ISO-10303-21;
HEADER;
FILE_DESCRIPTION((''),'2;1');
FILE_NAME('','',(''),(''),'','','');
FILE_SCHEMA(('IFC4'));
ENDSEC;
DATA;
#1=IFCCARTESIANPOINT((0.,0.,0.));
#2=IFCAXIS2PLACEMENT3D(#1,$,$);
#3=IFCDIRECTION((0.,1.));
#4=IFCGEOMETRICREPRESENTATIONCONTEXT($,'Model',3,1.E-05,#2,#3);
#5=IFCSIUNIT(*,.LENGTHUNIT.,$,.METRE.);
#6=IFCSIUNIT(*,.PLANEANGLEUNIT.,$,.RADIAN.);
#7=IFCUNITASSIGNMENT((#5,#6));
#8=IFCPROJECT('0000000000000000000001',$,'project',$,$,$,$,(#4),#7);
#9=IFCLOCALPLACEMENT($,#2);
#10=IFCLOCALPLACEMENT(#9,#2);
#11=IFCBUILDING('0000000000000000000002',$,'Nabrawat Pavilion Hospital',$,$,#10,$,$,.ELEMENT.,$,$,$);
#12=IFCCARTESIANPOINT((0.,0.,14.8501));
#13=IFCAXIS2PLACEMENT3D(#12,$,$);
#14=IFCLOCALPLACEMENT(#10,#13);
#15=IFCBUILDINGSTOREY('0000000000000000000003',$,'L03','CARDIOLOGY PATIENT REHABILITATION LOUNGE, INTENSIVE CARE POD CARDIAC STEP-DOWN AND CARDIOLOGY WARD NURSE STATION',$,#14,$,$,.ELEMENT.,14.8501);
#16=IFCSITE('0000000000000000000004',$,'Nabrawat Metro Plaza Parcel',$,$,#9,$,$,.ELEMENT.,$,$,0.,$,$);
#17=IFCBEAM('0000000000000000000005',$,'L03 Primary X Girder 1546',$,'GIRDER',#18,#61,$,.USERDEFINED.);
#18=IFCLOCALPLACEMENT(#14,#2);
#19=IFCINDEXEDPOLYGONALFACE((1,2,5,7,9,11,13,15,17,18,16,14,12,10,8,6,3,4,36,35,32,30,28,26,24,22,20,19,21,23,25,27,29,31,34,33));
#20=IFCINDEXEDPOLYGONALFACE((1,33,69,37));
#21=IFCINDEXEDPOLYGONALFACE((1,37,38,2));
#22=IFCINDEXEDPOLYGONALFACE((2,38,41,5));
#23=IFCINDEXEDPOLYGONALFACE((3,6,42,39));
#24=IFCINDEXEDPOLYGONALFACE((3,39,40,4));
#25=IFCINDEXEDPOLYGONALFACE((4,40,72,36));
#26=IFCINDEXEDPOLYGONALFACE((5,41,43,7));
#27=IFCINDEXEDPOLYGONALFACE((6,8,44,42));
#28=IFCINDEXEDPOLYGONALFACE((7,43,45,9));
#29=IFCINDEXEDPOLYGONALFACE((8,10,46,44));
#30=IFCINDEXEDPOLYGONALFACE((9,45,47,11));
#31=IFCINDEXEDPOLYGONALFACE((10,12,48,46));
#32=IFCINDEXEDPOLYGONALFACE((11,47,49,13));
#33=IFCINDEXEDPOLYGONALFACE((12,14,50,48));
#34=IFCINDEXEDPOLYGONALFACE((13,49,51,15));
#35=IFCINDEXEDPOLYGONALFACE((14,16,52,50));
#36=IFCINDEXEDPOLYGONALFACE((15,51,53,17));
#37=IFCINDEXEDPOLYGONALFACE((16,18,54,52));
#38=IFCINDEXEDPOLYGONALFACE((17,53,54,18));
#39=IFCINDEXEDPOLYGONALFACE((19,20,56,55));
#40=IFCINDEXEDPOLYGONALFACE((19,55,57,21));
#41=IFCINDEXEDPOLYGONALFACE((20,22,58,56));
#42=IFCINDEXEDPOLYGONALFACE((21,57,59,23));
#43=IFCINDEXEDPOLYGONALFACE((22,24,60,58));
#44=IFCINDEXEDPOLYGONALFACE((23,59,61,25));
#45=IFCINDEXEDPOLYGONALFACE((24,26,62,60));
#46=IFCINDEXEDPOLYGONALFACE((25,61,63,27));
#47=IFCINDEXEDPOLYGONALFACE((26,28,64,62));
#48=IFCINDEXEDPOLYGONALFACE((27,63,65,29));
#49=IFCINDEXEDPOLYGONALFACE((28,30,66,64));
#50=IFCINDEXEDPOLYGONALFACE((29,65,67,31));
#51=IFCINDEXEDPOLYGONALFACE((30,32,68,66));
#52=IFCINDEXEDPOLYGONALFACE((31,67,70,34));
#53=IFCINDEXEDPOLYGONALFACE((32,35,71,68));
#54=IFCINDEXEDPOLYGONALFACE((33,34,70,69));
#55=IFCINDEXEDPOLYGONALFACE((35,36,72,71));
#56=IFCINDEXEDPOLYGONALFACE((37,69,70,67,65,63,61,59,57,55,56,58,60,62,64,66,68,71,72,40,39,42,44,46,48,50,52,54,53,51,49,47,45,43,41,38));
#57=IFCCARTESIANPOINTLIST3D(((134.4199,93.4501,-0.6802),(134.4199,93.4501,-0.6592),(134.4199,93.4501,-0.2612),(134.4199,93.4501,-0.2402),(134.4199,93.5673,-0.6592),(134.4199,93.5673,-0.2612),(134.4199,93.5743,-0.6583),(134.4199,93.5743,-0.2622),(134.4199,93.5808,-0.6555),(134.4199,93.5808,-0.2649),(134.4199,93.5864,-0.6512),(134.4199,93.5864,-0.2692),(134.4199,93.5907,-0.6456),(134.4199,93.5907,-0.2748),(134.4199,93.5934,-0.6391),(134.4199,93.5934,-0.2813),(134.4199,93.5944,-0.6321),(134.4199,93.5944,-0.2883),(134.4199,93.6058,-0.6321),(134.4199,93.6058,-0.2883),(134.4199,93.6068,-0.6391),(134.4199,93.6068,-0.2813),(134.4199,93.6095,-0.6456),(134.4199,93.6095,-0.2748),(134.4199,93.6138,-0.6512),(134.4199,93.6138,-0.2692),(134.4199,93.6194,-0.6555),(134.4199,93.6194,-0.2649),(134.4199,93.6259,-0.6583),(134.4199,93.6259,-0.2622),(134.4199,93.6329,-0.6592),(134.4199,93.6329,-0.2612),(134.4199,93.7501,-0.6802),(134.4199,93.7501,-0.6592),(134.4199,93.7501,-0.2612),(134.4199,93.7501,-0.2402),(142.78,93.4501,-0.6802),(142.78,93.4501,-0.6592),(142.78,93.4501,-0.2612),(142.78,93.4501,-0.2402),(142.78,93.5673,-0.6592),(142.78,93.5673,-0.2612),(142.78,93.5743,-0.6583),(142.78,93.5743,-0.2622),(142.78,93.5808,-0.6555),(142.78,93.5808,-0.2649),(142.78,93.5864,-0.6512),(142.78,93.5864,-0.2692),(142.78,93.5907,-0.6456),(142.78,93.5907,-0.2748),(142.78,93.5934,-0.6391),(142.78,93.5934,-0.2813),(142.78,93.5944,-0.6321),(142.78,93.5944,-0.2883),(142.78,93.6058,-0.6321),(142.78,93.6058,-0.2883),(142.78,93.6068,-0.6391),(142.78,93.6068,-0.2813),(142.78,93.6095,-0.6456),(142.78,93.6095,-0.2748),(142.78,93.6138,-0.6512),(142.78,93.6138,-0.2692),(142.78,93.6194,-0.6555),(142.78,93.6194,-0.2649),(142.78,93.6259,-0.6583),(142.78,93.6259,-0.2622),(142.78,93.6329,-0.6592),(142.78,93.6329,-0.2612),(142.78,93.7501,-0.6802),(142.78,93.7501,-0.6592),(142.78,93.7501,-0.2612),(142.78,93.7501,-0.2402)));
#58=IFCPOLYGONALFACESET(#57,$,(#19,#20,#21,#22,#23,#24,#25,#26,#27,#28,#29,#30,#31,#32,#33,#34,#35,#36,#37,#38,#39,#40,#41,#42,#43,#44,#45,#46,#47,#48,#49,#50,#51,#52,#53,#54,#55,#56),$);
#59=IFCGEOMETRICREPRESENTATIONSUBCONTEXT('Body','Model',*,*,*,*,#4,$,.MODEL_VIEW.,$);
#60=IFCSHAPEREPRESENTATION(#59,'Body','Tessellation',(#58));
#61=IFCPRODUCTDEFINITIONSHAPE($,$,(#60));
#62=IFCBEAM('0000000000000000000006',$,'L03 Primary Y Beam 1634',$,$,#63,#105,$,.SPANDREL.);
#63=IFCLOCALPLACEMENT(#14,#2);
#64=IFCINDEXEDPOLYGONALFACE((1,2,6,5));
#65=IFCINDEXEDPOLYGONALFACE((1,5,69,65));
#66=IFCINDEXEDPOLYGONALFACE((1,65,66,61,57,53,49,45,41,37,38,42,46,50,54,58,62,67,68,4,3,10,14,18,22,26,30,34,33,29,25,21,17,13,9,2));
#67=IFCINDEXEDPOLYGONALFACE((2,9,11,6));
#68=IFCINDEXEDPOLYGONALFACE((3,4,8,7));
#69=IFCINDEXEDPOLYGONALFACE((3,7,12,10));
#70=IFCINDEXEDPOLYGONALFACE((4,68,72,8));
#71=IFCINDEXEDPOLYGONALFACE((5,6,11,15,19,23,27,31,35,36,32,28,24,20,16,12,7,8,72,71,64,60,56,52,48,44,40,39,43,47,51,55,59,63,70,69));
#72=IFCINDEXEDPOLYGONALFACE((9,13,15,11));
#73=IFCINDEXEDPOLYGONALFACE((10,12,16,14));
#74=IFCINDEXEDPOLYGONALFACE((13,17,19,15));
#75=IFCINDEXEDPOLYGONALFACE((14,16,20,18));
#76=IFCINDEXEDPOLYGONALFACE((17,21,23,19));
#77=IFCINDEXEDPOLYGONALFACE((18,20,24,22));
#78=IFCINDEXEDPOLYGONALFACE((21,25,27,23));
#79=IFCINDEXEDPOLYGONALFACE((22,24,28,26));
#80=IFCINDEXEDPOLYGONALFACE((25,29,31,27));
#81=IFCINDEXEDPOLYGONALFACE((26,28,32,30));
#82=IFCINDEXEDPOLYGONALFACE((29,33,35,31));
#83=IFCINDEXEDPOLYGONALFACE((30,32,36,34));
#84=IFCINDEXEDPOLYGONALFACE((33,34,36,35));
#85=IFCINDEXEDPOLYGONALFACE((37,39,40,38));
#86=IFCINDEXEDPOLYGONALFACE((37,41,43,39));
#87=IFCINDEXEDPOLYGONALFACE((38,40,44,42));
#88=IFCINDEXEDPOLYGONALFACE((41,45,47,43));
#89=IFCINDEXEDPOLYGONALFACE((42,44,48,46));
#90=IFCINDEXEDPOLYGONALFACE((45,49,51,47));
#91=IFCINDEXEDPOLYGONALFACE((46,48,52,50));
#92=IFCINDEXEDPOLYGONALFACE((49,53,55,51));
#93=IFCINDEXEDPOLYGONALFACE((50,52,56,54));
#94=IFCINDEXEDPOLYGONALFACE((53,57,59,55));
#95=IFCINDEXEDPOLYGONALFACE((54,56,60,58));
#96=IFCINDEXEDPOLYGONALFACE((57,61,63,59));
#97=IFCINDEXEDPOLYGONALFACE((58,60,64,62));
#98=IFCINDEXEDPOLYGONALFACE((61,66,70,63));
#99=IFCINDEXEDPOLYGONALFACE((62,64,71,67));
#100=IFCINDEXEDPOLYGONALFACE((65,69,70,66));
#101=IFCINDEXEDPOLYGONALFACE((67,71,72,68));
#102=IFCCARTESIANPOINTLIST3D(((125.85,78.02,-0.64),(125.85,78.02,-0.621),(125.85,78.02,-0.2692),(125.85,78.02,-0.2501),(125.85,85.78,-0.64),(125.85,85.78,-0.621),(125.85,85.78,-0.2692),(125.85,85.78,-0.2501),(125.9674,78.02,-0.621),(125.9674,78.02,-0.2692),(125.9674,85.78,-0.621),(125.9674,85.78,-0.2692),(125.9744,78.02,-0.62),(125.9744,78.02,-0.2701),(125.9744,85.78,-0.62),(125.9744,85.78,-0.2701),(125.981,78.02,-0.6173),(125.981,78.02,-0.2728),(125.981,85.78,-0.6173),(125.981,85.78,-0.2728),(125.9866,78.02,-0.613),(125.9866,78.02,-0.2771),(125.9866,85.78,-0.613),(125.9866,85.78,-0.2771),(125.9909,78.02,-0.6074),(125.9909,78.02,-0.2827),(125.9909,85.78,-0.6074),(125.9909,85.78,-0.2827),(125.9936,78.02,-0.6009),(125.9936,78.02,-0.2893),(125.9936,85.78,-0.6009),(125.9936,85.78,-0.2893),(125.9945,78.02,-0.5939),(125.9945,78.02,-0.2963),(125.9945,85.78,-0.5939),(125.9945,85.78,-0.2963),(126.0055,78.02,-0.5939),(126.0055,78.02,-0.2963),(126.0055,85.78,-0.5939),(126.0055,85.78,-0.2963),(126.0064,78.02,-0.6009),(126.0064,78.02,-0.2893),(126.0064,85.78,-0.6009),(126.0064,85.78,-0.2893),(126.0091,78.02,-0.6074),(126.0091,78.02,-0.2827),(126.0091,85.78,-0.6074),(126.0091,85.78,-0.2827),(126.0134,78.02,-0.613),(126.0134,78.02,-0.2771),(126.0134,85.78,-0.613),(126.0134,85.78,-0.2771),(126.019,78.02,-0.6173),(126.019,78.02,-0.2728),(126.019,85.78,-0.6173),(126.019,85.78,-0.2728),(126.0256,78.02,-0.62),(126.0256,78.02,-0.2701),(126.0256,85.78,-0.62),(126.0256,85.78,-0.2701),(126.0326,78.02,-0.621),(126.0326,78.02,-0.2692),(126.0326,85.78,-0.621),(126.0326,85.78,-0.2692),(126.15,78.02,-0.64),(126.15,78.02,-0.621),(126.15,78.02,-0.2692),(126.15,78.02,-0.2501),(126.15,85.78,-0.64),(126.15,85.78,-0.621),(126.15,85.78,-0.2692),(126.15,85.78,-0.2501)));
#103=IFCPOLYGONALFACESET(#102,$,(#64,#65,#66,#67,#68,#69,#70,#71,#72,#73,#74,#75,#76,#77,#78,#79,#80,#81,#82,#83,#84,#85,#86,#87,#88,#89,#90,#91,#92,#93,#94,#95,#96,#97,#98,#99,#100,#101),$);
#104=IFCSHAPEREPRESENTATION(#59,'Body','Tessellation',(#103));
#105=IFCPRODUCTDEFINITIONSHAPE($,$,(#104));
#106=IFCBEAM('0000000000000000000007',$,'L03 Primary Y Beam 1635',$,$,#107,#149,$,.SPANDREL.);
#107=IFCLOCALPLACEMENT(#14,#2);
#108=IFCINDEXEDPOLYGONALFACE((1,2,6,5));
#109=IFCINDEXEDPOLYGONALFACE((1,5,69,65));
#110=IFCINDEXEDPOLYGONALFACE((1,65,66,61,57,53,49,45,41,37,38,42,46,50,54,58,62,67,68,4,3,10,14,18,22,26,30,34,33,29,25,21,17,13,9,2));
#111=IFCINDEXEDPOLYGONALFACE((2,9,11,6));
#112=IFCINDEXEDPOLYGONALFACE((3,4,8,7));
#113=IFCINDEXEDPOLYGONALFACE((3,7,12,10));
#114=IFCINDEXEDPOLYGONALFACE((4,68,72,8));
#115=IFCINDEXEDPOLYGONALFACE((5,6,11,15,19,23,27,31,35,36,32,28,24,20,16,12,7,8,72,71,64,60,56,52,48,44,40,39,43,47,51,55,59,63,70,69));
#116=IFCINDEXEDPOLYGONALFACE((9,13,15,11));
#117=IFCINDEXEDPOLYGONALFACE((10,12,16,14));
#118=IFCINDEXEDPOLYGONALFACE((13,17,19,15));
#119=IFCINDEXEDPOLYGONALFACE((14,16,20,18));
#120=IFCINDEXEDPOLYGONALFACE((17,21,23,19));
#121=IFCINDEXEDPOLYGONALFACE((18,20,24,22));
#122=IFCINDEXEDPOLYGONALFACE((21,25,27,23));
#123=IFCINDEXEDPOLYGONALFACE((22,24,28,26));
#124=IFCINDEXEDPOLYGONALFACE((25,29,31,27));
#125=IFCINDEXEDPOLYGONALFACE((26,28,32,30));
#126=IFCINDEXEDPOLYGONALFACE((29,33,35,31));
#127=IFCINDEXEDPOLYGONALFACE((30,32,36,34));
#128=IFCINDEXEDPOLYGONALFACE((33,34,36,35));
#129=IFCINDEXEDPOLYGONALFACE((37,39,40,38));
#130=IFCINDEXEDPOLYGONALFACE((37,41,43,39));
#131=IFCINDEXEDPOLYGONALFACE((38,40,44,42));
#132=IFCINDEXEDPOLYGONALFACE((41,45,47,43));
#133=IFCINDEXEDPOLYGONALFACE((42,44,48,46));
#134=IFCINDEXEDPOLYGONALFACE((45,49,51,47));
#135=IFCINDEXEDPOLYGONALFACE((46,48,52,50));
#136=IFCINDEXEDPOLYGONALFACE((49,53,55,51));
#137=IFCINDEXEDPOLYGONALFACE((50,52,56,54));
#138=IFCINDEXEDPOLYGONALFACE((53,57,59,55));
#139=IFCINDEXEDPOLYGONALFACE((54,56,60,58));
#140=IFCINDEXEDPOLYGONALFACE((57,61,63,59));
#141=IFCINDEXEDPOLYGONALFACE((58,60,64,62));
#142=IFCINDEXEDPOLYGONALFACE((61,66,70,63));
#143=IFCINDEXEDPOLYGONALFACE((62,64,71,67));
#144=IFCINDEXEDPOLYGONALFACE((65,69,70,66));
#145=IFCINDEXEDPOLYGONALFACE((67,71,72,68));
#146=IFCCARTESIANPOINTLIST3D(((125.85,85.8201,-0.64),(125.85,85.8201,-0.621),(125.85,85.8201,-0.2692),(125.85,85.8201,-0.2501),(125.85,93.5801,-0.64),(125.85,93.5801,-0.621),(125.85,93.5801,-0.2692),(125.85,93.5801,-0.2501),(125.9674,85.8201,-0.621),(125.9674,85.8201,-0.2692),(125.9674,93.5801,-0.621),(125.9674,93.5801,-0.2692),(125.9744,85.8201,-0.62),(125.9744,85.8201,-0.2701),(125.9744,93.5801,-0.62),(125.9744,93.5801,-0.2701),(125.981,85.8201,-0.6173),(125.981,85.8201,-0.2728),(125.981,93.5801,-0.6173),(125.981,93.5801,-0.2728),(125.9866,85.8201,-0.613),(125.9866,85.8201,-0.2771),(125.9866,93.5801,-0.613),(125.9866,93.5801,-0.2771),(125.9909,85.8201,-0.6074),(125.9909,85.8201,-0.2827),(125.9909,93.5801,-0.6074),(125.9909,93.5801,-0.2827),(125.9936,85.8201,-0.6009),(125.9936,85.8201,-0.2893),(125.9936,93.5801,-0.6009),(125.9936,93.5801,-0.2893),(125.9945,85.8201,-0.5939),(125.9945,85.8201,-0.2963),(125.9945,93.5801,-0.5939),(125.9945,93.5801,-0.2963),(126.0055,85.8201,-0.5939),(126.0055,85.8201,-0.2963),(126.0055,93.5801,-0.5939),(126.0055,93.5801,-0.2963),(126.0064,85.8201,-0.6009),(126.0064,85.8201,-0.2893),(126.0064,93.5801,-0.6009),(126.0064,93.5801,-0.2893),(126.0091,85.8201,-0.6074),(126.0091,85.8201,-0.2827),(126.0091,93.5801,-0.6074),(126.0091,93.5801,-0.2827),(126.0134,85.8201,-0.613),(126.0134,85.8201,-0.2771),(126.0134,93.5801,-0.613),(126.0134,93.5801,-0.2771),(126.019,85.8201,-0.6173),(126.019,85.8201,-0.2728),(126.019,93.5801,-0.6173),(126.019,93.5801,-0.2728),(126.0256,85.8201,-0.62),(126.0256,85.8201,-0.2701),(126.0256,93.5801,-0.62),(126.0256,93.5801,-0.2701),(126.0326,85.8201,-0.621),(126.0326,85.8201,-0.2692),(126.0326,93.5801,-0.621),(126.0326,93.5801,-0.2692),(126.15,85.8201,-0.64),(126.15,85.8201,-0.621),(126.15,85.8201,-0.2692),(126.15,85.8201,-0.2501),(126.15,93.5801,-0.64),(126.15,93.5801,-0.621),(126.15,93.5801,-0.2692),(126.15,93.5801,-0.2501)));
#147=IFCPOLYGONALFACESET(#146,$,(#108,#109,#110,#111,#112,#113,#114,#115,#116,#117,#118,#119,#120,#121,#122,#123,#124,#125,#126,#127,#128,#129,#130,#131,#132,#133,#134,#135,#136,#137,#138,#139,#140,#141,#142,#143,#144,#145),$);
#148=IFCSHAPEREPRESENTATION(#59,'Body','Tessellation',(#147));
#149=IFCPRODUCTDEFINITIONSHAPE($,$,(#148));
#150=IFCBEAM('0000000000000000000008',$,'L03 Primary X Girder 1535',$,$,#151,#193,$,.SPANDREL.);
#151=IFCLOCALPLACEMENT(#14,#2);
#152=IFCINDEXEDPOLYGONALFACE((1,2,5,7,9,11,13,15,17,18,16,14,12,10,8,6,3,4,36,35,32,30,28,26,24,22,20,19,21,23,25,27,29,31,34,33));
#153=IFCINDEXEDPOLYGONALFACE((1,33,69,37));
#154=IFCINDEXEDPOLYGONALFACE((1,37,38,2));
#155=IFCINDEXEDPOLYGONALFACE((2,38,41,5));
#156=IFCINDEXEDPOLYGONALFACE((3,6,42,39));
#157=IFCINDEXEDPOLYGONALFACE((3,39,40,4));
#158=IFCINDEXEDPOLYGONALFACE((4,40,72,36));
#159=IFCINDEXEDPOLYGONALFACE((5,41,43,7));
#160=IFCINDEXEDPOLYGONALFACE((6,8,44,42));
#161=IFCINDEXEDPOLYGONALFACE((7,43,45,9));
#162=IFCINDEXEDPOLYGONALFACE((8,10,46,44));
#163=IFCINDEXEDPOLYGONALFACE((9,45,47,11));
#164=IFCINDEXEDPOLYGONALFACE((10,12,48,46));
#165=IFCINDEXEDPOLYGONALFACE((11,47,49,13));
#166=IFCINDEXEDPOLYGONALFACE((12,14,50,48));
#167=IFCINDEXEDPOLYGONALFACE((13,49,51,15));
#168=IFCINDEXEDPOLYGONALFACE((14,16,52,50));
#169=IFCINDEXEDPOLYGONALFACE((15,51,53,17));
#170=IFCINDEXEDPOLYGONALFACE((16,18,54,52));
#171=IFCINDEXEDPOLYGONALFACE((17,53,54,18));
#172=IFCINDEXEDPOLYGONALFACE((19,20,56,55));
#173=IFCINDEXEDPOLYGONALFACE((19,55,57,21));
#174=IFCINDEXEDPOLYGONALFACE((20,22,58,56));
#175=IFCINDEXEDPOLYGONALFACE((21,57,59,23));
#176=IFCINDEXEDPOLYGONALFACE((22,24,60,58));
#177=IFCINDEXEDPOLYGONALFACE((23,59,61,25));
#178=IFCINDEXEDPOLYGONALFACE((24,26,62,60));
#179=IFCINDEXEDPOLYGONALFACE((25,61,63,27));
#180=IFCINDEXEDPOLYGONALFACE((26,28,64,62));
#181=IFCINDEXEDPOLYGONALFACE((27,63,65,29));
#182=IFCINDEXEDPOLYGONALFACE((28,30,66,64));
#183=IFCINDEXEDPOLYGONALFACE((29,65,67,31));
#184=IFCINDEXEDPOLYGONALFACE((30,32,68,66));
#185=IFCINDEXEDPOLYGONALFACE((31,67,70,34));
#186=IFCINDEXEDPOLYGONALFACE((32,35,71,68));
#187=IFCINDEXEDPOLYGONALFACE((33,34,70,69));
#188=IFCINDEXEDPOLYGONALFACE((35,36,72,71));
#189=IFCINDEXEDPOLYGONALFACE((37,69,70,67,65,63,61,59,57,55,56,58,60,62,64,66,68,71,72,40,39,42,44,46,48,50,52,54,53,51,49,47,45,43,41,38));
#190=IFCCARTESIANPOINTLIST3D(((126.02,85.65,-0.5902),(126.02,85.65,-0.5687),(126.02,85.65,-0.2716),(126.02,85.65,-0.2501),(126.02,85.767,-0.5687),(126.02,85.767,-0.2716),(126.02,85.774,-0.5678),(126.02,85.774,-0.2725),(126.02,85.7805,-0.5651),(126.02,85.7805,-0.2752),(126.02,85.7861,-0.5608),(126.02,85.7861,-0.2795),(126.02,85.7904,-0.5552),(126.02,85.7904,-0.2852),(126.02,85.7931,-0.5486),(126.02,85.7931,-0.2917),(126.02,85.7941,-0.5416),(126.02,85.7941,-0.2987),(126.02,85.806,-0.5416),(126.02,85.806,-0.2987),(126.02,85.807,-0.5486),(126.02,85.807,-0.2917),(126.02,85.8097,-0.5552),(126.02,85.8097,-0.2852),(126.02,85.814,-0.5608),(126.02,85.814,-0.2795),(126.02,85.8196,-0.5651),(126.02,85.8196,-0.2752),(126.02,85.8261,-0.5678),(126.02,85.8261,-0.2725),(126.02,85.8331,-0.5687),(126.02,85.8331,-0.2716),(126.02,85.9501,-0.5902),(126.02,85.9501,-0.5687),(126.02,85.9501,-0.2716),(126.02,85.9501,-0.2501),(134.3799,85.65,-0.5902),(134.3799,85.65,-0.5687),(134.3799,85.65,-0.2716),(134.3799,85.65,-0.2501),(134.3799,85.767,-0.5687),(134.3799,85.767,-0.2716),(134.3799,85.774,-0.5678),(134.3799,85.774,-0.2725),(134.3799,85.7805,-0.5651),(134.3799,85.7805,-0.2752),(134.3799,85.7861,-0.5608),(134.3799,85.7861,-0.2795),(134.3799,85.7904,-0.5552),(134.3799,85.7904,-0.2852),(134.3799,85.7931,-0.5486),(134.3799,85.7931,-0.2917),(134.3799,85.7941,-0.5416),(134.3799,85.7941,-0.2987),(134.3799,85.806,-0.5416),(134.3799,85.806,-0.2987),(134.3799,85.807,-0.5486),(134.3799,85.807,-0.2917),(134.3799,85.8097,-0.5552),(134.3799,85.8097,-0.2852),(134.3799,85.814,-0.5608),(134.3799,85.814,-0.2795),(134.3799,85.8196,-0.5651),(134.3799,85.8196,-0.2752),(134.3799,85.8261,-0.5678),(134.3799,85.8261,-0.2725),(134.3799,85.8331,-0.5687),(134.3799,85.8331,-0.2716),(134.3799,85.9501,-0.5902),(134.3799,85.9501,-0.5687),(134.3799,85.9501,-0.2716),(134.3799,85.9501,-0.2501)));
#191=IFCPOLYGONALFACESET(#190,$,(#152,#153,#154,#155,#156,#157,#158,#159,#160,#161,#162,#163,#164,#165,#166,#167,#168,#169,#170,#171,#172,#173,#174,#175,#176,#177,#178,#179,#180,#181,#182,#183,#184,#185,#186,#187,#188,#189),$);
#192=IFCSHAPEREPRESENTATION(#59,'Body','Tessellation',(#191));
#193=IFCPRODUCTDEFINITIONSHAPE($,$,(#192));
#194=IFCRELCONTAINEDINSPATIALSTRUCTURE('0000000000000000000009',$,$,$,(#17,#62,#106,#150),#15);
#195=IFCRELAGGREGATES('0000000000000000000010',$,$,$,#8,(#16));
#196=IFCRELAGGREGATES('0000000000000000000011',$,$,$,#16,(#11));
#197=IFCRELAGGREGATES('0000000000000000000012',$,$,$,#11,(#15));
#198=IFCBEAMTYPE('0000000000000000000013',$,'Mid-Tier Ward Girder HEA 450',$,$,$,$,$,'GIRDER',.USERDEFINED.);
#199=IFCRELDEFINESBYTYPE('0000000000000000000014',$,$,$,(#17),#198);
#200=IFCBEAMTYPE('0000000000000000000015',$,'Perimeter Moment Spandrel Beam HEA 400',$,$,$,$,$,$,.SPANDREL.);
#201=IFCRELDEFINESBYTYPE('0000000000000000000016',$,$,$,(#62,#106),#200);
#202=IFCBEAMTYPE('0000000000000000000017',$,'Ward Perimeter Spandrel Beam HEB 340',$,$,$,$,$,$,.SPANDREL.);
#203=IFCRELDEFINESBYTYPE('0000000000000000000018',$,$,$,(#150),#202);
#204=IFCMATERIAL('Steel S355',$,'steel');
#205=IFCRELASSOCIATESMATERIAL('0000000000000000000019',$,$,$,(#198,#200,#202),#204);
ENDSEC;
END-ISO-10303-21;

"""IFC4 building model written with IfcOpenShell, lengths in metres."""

from ifc_helpers import new_model, si_unit, direction, frame, origin, origin_2d, place, context, subcontext, project, spatial, i_section, extrude, material, material_profile, profile_set, type_object, element, save


model = new_model("IFC4")

# Units and contexts
model_context = context("Model", 3, precision=1e-05, world=origin(), true_north=direction((0.0, 1.0)))
body_context = subcontext(model_context, "Body", "Model", "MODEL_VIEW")
ifc_project = project(units=[si_unit("LENGTHUNIT", "METRE"), si_unit("PLANEANGLEUNIT", "RADIAN")], contexts=[model_context])

# Site, building, storey
site_placement = place(None, origin())
site = spatial("IfcSite", under=ifc_project, at=site_placement, Name="Nabrawat Metro Plaza Parcel", CompositionType="ELEMENT", RefElevation=0.0)
building_placement = place(site_placement, origin())
building = spatial("IfcBuilding", under=site, at=building_placement, Name="Nabrawat Pavilion Hospital", CompositionType="ELEMENT")
storey_placement = place(building_placement, frame((0.0, 0.0, 14.8501)))
storey = spatial("IfcBuildingStorey", under=building, at=storey_placement, Name="L03", Description="CARDIOLOGY PATIENT REHABILITATION LOUNGE, INTENSIVE CARE POD CARDIAC STEP-DOWN AND CARDIOLOGY WARD NURSE STATION", CompositionType="ELEMENT", Elevation=14.8501)

# Shared definitions
ifc_material_1 = material(Name="Steel S355", Category="steel")

# Beams
ifc_material_profile_1 = material_profile(ifc_material_1, i_section(OverallWidth=0.3, OverallDepth=0.4399, WebThickness=0.0115, FlangeThickness=0.021, FilletRadius=0.0271, at=origin_2d()), Name="HEA 450")
ifc_profile_set_1 = profile_set([ifc_material_profile_1], Name="Steel S355")
beam_type_1 = type_object("IfcBeamType", Name="Mid-Tier Ward Girder HEA 450", ElementType="GIRDER", PredefinedType="USERDEFINED", material=ifc_profile_set_1)
beam_1_placement = place(storey_placement, frame((134.4199, 93.6001, -0.4602), z_axis=(1.0, 0.0, 0.0), x_axis=(0.0, 1.0, 0.0)))
element("IfcBeam", 1, at=beam_1_placement, inside=storey, type_object=beam_type_1, Name="L03 Primary X Girder 1546", ObjectType="GIRDER", PredefinedType="USERDEFINED", context=body_context, shape_type="SweptSolid", body=[
    extrude(i_section(OverallWidth=0.3, OverallDepth=0.4399, WebThickness=0.0115, FlangeThickness=0.021, FilletRadius=0.0271, at=origin_2d()), origin(), (0.0, 0.0, 1.0), 8.3601),
])
ifc_material_profile_2 = material_profile(ifc_material_1, i_section(OverallWidth=0.3, OverallDepth=0.3899, WebThickness=0.011, FlangeThickness=0.019, FilletRadius=0.0271, at=origin_2d()), Name="HEA 400")
ifc_profile_set_2 = profile_set([ifc_material_profile_2], Name="Steel S355")
beam_type_2 = type_object("IfcBeamType", Name="Perimeter Moment Spandrel Beam HEA 400", PredefinedType="SPANDREL", material=ifc_profile_set_2)
for number, where, z_axis, x_axis, name in (
    (2, (126.0, 78.02, -0.4451), (0.0, 1.0, 0.0), (-1.0, 0.0, 0.0), "L03 Primary Y Beam 1634"),
    (3, (126.0, 85.8201, -0.4451), (0.0, 1.0, 0.0), (-1.0, 0.0, 0.0), "L03 Primary Y Beam 1635"),
):
    element("IfcBeam", number, at=place(storey_placement, frame(where, z_axis=z_axis, x_axis=x_axis)), inside=storey, type_object=beam_type_2, Name=name, PredefinedType="SPANDREL", context=body_context, shape_type="SweptSolid", body=[
        extrude(i_section(OverallWidth=0.3, OverallDepth=0.3899, WebThickness=0.011, FlangeThickness=0.019, FilletRadius=0.0271, at=origin_2d()), origin(), (0.0, 0.0, 1.0), 7.76),
    ])
ifc_material_profile_3 = material_profile(ifc_material_1, i_section(OverallWidth=0.3, OverallDepth=0.3401, WebThickness=0.012, FlangeThickness=0.0215, FilletRadius=0.0271, at=origin_2d()), Name="HEB 340")
ifc_profile_set_3 = profile_set([ifc_material_profile_3], Name="Steel S355")
beam_type_3 = type_object("IfcBeamType", Name="Ward Perimeter Spandrel Beam HEB 340", PredefinedType="SPANDREL", material=ifc_profile_set_3)
beam_2_placement = place(storey_placement, frame((126.02, 85.8, -0.4202), z_axis=(1.0, 0.0, 0.0), x_axis=(0.0, 1.0, 0.0)))
element("IfcBeam", 4, at=beam_2_placement, inside=storey, type_object=beam_type_3, Name="L03 Primary X Girder 1535", PredefinedType="SPANDREL", context=body_context, shape_type="SweptSolid", body=[
    extrude(i_section(OverallWidth=0.3, OverallDepth=0.3401, WebThickness=0.012, FlangeThickness=0.0215, FilletRadius=0.0271, at=origin_2d()), origin(), (0.0, 0.0, 1.0), 8.3599),
])

save(model, "model.ifc")
